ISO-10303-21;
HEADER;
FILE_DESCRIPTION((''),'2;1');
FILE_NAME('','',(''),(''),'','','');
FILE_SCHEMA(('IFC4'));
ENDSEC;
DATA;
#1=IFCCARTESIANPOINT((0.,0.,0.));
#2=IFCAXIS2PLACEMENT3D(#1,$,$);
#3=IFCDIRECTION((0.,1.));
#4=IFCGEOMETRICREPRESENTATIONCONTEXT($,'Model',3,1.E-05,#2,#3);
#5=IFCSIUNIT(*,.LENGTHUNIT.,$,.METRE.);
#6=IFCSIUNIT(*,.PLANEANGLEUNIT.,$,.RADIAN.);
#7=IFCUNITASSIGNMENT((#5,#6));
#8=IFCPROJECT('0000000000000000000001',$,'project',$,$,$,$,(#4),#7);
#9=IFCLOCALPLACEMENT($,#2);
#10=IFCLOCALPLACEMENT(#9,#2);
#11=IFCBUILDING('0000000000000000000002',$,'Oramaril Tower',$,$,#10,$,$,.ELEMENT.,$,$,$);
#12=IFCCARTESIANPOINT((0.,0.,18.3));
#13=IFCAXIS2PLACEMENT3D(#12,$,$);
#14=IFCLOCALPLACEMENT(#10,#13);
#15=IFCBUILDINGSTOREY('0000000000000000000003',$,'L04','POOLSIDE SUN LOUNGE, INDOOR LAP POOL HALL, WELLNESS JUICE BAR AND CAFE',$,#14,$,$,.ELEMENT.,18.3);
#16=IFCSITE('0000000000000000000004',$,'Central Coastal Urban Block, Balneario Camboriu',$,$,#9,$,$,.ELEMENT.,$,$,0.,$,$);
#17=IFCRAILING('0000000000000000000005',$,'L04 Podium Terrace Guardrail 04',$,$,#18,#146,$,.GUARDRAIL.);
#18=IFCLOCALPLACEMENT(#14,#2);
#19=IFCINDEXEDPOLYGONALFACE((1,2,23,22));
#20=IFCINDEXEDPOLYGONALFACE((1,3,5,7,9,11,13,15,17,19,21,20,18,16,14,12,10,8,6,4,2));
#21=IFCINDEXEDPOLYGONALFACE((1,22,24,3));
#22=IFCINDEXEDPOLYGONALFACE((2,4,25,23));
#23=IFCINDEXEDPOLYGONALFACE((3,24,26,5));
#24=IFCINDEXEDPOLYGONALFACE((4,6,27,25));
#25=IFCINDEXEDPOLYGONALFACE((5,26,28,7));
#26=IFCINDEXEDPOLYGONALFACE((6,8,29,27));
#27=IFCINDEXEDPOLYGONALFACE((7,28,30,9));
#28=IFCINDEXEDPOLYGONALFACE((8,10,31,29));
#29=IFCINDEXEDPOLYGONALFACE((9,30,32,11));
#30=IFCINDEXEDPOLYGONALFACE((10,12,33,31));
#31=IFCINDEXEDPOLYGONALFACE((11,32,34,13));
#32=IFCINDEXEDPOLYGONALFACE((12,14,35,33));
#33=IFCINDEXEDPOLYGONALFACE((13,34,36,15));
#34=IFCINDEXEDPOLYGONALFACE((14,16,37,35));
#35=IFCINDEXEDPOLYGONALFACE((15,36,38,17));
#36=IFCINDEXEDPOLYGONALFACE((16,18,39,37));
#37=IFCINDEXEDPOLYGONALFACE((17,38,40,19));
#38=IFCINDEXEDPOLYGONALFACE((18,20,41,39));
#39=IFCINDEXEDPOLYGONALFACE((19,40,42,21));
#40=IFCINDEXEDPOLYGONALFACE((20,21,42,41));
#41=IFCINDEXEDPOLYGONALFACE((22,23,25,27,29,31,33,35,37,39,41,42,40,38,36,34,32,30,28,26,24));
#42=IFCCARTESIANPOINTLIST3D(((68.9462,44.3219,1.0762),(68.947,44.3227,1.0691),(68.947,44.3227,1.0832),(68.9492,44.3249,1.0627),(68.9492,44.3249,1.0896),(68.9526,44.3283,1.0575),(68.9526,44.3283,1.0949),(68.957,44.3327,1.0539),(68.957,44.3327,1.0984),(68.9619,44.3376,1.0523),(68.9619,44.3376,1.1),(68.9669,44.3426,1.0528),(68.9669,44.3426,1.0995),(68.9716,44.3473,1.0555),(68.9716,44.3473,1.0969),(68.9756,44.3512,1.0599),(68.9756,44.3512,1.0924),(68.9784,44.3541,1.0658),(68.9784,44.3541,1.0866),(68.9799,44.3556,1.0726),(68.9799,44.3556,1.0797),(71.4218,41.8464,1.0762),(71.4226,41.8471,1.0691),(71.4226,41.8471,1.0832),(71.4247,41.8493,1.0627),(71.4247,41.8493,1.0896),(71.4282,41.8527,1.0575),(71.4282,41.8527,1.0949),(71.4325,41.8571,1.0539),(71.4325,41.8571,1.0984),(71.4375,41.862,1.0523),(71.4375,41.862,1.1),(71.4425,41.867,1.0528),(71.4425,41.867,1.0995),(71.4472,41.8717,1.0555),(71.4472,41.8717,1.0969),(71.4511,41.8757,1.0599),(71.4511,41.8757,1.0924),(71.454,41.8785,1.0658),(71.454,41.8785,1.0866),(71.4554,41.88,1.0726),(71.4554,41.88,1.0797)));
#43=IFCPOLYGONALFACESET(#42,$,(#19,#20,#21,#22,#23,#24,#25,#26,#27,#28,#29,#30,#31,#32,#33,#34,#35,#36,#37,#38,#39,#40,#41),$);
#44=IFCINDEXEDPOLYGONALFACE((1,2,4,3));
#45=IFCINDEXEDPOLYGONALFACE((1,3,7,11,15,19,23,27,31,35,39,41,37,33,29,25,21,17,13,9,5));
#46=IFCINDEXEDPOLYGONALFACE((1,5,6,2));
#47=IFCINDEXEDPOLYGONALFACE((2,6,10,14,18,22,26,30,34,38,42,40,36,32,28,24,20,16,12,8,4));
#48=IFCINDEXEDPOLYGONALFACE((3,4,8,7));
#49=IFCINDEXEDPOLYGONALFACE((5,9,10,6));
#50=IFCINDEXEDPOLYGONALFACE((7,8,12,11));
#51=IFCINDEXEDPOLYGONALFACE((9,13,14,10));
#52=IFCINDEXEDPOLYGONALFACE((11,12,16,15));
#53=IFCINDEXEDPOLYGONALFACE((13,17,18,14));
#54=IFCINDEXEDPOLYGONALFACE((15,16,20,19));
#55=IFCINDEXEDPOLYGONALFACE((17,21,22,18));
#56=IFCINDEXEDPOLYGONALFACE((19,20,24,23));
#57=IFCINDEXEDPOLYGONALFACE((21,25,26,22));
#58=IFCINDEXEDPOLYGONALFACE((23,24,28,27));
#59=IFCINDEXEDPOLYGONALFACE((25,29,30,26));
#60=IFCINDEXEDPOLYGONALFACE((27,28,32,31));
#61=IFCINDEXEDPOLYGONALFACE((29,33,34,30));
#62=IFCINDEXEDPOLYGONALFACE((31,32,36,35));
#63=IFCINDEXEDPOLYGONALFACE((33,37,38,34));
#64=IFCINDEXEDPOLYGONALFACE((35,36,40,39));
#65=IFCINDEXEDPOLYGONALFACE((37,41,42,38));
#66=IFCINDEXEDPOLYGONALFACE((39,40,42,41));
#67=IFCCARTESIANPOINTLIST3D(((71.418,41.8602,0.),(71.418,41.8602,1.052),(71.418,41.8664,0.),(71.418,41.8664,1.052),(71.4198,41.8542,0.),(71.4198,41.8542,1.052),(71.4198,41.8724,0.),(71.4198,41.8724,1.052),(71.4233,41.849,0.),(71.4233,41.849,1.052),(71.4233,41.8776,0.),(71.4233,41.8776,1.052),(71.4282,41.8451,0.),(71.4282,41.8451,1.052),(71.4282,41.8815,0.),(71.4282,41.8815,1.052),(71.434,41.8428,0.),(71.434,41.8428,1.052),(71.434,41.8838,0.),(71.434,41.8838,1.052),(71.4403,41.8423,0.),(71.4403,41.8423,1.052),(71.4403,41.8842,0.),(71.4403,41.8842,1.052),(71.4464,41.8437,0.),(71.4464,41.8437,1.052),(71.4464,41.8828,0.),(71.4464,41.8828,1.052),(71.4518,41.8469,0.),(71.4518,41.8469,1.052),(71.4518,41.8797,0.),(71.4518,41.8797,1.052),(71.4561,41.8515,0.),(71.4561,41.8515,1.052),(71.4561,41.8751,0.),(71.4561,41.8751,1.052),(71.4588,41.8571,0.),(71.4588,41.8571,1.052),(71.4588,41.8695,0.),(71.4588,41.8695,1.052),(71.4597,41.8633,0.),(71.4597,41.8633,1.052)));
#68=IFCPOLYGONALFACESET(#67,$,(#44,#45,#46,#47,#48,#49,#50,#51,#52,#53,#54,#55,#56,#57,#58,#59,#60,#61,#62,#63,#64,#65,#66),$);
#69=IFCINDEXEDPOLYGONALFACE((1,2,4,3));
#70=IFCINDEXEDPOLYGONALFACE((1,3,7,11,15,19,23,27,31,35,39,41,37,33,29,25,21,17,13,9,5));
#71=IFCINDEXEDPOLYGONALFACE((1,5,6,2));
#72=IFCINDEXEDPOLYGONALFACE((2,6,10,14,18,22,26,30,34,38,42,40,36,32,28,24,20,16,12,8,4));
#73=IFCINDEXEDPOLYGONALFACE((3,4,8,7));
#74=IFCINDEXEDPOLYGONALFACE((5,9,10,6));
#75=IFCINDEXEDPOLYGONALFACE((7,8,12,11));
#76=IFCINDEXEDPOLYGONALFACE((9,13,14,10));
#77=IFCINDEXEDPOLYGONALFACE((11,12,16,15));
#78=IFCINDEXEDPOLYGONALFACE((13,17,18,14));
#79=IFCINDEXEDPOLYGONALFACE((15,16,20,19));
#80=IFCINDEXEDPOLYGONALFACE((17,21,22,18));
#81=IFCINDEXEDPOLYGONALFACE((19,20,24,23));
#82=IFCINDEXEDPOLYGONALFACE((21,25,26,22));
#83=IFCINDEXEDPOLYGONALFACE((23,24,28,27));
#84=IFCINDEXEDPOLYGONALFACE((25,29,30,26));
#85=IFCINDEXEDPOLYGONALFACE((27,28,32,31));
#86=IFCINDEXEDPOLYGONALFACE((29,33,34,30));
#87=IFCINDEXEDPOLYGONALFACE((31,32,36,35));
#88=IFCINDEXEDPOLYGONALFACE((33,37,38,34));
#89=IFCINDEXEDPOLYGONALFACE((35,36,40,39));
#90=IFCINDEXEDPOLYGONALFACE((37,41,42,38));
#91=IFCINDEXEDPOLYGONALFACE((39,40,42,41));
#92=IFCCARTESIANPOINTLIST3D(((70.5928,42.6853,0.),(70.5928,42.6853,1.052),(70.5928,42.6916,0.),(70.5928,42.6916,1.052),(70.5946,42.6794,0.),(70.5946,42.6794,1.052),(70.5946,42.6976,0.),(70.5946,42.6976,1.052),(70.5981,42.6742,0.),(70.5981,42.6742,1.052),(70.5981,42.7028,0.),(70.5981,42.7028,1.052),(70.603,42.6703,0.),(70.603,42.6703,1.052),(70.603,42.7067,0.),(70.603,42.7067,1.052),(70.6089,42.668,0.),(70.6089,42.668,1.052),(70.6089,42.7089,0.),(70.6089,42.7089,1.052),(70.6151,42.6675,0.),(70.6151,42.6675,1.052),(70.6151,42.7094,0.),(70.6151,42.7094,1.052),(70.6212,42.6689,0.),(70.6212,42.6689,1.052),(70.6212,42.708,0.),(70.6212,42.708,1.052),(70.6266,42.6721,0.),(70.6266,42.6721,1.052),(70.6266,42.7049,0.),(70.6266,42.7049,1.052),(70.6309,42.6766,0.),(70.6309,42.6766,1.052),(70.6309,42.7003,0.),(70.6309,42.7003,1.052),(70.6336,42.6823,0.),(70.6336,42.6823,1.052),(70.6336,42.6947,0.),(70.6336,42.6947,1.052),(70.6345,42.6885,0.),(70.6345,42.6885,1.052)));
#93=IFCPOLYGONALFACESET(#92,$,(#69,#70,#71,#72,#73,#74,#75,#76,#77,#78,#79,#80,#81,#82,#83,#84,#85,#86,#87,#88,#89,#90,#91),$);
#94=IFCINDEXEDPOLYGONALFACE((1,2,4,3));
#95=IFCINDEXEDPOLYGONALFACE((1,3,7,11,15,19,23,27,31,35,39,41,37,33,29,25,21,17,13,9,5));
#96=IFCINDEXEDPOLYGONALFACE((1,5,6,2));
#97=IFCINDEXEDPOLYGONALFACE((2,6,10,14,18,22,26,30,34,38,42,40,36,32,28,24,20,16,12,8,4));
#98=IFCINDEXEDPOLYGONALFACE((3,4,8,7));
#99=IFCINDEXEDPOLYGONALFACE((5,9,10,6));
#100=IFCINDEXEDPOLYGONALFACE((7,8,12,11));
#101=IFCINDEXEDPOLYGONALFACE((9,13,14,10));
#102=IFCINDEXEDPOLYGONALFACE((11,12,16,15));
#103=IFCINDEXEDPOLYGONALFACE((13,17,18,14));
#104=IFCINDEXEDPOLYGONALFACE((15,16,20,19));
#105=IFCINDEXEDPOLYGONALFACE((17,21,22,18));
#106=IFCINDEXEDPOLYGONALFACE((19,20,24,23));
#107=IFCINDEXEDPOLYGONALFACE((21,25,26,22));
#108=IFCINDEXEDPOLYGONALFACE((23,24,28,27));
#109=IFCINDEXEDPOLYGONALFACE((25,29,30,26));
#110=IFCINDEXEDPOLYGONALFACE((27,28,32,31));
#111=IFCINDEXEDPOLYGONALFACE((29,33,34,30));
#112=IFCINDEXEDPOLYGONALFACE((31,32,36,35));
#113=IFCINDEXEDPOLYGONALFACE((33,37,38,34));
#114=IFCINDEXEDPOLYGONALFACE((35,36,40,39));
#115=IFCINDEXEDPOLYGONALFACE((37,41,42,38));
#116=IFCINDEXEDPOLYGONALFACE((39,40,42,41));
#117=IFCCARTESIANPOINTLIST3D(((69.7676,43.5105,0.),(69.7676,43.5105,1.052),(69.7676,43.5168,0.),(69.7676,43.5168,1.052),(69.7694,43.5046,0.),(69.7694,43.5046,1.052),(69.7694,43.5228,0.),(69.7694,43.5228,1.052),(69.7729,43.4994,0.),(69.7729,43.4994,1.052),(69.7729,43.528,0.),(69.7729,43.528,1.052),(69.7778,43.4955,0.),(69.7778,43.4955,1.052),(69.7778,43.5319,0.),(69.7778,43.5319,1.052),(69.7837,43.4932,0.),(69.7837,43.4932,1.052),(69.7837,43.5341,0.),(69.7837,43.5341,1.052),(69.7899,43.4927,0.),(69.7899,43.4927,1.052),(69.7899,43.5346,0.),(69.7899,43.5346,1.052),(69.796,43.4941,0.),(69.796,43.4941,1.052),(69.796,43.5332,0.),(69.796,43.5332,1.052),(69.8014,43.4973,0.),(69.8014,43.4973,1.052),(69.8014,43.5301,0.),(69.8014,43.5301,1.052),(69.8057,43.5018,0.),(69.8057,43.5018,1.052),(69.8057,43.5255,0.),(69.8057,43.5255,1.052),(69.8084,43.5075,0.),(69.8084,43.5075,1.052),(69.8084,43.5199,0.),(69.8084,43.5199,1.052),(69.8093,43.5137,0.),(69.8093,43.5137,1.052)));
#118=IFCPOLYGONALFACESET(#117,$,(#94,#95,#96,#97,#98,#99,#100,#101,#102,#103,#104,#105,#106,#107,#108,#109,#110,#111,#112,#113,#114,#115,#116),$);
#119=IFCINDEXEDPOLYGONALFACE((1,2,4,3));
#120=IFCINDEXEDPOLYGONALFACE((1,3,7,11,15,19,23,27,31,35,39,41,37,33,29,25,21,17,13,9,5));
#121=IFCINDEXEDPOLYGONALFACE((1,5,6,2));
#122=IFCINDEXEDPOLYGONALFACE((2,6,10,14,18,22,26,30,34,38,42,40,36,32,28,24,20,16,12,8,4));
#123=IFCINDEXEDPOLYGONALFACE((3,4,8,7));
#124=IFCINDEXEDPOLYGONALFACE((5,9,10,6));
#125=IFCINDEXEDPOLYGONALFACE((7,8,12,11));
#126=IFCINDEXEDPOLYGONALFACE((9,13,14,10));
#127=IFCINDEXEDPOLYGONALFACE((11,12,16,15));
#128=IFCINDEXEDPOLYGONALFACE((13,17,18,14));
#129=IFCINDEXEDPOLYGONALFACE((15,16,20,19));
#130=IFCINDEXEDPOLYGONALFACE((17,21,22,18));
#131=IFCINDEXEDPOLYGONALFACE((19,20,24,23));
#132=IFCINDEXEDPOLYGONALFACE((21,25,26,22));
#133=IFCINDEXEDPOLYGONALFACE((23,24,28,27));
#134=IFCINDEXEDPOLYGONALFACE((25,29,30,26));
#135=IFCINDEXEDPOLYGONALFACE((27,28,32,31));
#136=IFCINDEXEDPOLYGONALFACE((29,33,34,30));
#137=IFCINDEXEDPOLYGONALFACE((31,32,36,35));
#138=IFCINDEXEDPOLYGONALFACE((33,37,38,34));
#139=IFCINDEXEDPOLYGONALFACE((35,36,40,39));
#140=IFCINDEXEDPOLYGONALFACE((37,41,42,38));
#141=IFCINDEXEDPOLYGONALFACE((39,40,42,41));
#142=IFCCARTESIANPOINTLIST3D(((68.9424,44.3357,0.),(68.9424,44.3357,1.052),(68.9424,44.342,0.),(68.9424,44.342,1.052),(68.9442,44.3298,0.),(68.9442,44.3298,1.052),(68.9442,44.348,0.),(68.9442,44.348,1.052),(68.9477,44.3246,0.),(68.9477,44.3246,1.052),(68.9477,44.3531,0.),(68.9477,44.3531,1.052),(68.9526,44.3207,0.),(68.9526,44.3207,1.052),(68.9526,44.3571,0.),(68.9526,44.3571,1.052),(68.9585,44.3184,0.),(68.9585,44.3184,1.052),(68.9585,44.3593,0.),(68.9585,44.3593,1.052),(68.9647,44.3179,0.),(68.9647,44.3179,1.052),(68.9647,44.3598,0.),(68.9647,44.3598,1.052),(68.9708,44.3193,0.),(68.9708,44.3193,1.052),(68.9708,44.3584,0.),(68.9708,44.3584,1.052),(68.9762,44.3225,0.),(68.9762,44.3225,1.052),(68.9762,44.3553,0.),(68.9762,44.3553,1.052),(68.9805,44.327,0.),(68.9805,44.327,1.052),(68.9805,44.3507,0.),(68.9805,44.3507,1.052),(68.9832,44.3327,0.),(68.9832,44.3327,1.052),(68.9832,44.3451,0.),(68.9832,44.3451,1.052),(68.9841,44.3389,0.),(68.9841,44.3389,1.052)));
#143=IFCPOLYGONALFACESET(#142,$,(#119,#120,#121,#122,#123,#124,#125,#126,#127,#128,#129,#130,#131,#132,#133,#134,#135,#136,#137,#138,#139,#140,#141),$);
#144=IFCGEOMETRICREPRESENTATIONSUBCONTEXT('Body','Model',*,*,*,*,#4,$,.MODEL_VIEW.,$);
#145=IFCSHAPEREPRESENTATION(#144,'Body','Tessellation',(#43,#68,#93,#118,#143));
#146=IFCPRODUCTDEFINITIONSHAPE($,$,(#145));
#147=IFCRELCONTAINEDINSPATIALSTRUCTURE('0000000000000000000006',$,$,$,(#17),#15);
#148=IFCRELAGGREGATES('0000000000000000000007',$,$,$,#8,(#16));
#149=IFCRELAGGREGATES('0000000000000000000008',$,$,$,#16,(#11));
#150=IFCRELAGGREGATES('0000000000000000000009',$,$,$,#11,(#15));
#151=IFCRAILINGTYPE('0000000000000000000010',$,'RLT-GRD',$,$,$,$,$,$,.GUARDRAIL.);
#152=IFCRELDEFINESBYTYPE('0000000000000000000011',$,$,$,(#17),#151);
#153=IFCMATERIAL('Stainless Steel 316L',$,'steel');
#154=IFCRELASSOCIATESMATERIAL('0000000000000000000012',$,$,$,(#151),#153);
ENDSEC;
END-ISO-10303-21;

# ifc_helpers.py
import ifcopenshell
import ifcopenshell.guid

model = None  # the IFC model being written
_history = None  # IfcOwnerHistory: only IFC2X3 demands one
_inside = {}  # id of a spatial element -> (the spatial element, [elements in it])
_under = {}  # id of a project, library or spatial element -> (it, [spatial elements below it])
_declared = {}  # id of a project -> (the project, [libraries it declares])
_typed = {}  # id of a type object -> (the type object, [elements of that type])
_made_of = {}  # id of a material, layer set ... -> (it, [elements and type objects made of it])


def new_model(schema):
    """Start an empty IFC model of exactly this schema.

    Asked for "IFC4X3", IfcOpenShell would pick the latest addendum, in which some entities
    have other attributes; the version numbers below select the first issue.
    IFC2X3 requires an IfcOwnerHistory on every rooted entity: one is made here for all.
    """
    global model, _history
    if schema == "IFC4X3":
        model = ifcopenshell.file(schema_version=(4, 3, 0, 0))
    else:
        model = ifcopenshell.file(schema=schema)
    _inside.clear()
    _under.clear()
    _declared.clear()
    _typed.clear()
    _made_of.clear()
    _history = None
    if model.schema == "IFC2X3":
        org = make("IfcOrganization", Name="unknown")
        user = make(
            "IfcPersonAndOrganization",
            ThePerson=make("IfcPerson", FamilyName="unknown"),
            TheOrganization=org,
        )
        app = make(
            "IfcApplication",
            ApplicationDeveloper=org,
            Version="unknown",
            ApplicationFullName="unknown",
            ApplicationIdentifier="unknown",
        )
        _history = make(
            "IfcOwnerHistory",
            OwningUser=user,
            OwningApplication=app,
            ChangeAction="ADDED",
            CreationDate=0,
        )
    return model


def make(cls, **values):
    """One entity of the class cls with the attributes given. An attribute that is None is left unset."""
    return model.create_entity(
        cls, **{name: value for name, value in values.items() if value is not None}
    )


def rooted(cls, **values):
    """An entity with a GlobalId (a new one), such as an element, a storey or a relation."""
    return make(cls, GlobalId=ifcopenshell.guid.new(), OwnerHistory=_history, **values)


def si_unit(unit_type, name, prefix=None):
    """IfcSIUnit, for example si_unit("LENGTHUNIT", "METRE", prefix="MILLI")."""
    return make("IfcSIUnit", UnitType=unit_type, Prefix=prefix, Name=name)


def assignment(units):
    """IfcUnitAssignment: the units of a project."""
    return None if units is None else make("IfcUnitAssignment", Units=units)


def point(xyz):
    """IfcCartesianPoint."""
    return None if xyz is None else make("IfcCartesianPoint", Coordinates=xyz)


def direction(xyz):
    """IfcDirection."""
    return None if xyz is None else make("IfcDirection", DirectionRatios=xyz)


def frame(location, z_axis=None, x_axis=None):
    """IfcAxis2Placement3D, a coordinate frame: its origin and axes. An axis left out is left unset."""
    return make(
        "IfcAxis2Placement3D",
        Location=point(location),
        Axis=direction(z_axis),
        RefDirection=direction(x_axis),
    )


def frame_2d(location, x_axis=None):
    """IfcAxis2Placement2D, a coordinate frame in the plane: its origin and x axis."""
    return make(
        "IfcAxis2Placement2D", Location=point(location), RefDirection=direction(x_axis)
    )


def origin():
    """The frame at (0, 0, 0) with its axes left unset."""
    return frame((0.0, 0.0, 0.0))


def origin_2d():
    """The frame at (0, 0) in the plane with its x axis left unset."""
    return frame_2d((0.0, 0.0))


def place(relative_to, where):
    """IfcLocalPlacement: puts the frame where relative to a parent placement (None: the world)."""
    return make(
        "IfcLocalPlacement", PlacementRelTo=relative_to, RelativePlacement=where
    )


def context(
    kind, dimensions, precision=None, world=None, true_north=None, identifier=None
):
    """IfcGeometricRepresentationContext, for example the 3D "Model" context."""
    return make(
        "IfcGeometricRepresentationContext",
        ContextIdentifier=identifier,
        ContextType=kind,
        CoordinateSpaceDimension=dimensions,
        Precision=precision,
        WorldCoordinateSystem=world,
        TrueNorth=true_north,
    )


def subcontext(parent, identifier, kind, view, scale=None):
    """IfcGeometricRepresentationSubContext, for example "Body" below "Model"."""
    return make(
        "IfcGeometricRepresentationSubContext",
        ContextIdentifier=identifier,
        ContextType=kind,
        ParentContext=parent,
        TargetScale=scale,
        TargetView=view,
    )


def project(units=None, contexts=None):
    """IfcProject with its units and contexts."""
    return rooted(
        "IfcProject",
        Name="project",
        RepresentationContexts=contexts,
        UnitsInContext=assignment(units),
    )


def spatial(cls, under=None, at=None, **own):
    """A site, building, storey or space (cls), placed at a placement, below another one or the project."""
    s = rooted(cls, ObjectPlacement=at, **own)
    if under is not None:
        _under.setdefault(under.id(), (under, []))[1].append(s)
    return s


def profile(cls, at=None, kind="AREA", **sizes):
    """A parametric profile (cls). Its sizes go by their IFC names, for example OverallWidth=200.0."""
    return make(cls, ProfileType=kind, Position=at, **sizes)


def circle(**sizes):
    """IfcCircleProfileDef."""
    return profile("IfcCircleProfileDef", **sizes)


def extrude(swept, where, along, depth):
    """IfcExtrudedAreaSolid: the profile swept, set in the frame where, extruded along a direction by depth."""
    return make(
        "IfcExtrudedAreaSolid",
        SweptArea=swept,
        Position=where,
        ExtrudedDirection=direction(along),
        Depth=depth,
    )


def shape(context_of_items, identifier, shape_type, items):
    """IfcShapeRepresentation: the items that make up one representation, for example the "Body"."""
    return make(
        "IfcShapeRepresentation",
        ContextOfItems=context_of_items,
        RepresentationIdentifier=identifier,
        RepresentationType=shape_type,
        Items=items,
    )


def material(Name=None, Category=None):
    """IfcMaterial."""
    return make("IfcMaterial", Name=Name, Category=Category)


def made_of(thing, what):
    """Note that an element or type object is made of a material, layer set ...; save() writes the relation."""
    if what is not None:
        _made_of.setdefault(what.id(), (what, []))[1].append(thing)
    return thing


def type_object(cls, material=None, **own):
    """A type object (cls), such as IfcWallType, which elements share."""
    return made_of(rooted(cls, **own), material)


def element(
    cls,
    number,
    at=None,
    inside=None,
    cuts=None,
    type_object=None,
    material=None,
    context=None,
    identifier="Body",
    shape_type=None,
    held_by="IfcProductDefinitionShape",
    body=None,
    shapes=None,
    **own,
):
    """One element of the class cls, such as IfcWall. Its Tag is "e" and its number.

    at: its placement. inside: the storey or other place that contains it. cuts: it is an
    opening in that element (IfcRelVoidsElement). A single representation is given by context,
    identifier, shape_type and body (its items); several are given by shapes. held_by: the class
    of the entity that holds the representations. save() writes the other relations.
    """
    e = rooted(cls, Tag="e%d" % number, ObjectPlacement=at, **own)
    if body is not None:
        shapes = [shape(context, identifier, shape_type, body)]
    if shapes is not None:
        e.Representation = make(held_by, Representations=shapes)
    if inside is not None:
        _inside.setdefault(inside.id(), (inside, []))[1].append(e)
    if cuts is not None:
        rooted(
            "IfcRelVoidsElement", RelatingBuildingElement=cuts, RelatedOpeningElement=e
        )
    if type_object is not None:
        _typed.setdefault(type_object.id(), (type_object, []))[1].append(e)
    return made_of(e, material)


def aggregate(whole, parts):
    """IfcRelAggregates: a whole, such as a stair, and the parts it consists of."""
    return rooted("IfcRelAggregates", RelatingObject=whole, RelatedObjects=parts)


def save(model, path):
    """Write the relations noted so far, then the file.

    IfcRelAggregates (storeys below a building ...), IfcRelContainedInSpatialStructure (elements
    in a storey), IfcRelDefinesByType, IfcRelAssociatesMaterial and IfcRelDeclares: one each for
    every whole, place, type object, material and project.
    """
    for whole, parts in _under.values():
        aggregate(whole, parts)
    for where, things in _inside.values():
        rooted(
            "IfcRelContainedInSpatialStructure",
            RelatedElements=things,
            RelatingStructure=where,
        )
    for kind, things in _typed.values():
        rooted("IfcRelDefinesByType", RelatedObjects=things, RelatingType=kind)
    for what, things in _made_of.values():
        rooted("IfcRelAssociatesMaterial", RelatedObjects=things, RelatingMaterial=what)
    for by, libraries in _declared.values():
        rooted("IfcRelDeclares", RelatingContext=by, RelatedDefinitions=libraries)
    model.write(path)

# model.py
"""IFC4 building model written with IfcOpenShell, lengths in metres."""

from ifc_helpers import new_model, si_unit, direction, frame, origin, origin_2d, place, context, subcontext, project, spatial, circle, extrude, material, type_object, element, save


model = new_model("IFC4")

# Units and contexts
model_context = context("Model", 3, precision=1e-05, world=origin(), true_north=direction((0.0, 1.0)))
body_context = subcontext(model_context, "Body", "Model", "MODEL_VIEW")
ifc_project = project(units=[si_unit("LENGTHUNIT", "METRE"), si_unit("PLANEANGLEUNIT", "RADIAN")], contexts=[model_context])

# Site, building, storey
site_placement = place(None, origin())
site = spatial("IfcSite", under=ifc_project, at=site_placement, Name="Central Coastal Urban Block, Balneario Camboriu", CompositionType="ELEMENT", RefElevation=0.0)
building_placement = place(site_placement, origin())
building = spatial("IfcBuilding", under=site, at=building_placement, Name="Oramaril Tower", CompositionType="ELEMENT")
storey_placement = place(building_placement, frame((0.0, 0.0, 18.3)))
storey = spatial("IfcBuildingStorey", under=building, at=storey_placement, Name="L04", Description="POOLSIDE SUN LOUNGE, INDOOR LAP POOL HALL, WELLNESS JUICE BAR AND CAFE", CompositionType="ELEMENT", Elevation=18.3)

# Railing
ifc_material_1 = material(Name="Stainless Steel 316L", Category="steel")
railing_type = type_object("IfcRailingType", Name="RLT-GRD", PredefinedType="GUARDRAIL", material=ifc_material_1)
railing_1_placement = place(storey_placement, frame((71.4387, 41.8633, 0.0)))
element("IfcRailing", 1, at=railing_1_placement, inside=storey, type_object=railing_type, Name="L04 Podium Terrace Guardrail 04", PredefinedType="GUARDRAIL", context=body_context, shape_type="SweptSolid", body=[
    extrude(circle(Radius=0.0239, at=origin_2d()), frame((0.0, 0.0, 1.0762), z_axis=(-0.707107, 0.707107, 0.0), x_axis=(-0.707107, -0.707107, 0.0)), (0.0, 0.0, 1.0), 3.501),
    extrude(circle(Radius=0.021, at=origin_2d()), origin(), (0.0, 0.0, 1.0), 1.052),
    extrude(circle(Radius=0.021, at=origin_2d()), frame((-0.8252, 0.8252, 0.0)), (0.0, 0.0, 1.0), 1.052),
    extrude(circle(Radius=0.021, at=origin_2d()), frame((-1.6504, 1.6504, 0.0)), (0.0, 0.0, 1.0), 1.052),
    extrude(circle(Radius=0.021, at=origin_2d()), frame((-2.4756, 2.4756, 0.0)), (0.0, 0.0, 1.0), 1.052),
])

save(model, "model.ifc")
